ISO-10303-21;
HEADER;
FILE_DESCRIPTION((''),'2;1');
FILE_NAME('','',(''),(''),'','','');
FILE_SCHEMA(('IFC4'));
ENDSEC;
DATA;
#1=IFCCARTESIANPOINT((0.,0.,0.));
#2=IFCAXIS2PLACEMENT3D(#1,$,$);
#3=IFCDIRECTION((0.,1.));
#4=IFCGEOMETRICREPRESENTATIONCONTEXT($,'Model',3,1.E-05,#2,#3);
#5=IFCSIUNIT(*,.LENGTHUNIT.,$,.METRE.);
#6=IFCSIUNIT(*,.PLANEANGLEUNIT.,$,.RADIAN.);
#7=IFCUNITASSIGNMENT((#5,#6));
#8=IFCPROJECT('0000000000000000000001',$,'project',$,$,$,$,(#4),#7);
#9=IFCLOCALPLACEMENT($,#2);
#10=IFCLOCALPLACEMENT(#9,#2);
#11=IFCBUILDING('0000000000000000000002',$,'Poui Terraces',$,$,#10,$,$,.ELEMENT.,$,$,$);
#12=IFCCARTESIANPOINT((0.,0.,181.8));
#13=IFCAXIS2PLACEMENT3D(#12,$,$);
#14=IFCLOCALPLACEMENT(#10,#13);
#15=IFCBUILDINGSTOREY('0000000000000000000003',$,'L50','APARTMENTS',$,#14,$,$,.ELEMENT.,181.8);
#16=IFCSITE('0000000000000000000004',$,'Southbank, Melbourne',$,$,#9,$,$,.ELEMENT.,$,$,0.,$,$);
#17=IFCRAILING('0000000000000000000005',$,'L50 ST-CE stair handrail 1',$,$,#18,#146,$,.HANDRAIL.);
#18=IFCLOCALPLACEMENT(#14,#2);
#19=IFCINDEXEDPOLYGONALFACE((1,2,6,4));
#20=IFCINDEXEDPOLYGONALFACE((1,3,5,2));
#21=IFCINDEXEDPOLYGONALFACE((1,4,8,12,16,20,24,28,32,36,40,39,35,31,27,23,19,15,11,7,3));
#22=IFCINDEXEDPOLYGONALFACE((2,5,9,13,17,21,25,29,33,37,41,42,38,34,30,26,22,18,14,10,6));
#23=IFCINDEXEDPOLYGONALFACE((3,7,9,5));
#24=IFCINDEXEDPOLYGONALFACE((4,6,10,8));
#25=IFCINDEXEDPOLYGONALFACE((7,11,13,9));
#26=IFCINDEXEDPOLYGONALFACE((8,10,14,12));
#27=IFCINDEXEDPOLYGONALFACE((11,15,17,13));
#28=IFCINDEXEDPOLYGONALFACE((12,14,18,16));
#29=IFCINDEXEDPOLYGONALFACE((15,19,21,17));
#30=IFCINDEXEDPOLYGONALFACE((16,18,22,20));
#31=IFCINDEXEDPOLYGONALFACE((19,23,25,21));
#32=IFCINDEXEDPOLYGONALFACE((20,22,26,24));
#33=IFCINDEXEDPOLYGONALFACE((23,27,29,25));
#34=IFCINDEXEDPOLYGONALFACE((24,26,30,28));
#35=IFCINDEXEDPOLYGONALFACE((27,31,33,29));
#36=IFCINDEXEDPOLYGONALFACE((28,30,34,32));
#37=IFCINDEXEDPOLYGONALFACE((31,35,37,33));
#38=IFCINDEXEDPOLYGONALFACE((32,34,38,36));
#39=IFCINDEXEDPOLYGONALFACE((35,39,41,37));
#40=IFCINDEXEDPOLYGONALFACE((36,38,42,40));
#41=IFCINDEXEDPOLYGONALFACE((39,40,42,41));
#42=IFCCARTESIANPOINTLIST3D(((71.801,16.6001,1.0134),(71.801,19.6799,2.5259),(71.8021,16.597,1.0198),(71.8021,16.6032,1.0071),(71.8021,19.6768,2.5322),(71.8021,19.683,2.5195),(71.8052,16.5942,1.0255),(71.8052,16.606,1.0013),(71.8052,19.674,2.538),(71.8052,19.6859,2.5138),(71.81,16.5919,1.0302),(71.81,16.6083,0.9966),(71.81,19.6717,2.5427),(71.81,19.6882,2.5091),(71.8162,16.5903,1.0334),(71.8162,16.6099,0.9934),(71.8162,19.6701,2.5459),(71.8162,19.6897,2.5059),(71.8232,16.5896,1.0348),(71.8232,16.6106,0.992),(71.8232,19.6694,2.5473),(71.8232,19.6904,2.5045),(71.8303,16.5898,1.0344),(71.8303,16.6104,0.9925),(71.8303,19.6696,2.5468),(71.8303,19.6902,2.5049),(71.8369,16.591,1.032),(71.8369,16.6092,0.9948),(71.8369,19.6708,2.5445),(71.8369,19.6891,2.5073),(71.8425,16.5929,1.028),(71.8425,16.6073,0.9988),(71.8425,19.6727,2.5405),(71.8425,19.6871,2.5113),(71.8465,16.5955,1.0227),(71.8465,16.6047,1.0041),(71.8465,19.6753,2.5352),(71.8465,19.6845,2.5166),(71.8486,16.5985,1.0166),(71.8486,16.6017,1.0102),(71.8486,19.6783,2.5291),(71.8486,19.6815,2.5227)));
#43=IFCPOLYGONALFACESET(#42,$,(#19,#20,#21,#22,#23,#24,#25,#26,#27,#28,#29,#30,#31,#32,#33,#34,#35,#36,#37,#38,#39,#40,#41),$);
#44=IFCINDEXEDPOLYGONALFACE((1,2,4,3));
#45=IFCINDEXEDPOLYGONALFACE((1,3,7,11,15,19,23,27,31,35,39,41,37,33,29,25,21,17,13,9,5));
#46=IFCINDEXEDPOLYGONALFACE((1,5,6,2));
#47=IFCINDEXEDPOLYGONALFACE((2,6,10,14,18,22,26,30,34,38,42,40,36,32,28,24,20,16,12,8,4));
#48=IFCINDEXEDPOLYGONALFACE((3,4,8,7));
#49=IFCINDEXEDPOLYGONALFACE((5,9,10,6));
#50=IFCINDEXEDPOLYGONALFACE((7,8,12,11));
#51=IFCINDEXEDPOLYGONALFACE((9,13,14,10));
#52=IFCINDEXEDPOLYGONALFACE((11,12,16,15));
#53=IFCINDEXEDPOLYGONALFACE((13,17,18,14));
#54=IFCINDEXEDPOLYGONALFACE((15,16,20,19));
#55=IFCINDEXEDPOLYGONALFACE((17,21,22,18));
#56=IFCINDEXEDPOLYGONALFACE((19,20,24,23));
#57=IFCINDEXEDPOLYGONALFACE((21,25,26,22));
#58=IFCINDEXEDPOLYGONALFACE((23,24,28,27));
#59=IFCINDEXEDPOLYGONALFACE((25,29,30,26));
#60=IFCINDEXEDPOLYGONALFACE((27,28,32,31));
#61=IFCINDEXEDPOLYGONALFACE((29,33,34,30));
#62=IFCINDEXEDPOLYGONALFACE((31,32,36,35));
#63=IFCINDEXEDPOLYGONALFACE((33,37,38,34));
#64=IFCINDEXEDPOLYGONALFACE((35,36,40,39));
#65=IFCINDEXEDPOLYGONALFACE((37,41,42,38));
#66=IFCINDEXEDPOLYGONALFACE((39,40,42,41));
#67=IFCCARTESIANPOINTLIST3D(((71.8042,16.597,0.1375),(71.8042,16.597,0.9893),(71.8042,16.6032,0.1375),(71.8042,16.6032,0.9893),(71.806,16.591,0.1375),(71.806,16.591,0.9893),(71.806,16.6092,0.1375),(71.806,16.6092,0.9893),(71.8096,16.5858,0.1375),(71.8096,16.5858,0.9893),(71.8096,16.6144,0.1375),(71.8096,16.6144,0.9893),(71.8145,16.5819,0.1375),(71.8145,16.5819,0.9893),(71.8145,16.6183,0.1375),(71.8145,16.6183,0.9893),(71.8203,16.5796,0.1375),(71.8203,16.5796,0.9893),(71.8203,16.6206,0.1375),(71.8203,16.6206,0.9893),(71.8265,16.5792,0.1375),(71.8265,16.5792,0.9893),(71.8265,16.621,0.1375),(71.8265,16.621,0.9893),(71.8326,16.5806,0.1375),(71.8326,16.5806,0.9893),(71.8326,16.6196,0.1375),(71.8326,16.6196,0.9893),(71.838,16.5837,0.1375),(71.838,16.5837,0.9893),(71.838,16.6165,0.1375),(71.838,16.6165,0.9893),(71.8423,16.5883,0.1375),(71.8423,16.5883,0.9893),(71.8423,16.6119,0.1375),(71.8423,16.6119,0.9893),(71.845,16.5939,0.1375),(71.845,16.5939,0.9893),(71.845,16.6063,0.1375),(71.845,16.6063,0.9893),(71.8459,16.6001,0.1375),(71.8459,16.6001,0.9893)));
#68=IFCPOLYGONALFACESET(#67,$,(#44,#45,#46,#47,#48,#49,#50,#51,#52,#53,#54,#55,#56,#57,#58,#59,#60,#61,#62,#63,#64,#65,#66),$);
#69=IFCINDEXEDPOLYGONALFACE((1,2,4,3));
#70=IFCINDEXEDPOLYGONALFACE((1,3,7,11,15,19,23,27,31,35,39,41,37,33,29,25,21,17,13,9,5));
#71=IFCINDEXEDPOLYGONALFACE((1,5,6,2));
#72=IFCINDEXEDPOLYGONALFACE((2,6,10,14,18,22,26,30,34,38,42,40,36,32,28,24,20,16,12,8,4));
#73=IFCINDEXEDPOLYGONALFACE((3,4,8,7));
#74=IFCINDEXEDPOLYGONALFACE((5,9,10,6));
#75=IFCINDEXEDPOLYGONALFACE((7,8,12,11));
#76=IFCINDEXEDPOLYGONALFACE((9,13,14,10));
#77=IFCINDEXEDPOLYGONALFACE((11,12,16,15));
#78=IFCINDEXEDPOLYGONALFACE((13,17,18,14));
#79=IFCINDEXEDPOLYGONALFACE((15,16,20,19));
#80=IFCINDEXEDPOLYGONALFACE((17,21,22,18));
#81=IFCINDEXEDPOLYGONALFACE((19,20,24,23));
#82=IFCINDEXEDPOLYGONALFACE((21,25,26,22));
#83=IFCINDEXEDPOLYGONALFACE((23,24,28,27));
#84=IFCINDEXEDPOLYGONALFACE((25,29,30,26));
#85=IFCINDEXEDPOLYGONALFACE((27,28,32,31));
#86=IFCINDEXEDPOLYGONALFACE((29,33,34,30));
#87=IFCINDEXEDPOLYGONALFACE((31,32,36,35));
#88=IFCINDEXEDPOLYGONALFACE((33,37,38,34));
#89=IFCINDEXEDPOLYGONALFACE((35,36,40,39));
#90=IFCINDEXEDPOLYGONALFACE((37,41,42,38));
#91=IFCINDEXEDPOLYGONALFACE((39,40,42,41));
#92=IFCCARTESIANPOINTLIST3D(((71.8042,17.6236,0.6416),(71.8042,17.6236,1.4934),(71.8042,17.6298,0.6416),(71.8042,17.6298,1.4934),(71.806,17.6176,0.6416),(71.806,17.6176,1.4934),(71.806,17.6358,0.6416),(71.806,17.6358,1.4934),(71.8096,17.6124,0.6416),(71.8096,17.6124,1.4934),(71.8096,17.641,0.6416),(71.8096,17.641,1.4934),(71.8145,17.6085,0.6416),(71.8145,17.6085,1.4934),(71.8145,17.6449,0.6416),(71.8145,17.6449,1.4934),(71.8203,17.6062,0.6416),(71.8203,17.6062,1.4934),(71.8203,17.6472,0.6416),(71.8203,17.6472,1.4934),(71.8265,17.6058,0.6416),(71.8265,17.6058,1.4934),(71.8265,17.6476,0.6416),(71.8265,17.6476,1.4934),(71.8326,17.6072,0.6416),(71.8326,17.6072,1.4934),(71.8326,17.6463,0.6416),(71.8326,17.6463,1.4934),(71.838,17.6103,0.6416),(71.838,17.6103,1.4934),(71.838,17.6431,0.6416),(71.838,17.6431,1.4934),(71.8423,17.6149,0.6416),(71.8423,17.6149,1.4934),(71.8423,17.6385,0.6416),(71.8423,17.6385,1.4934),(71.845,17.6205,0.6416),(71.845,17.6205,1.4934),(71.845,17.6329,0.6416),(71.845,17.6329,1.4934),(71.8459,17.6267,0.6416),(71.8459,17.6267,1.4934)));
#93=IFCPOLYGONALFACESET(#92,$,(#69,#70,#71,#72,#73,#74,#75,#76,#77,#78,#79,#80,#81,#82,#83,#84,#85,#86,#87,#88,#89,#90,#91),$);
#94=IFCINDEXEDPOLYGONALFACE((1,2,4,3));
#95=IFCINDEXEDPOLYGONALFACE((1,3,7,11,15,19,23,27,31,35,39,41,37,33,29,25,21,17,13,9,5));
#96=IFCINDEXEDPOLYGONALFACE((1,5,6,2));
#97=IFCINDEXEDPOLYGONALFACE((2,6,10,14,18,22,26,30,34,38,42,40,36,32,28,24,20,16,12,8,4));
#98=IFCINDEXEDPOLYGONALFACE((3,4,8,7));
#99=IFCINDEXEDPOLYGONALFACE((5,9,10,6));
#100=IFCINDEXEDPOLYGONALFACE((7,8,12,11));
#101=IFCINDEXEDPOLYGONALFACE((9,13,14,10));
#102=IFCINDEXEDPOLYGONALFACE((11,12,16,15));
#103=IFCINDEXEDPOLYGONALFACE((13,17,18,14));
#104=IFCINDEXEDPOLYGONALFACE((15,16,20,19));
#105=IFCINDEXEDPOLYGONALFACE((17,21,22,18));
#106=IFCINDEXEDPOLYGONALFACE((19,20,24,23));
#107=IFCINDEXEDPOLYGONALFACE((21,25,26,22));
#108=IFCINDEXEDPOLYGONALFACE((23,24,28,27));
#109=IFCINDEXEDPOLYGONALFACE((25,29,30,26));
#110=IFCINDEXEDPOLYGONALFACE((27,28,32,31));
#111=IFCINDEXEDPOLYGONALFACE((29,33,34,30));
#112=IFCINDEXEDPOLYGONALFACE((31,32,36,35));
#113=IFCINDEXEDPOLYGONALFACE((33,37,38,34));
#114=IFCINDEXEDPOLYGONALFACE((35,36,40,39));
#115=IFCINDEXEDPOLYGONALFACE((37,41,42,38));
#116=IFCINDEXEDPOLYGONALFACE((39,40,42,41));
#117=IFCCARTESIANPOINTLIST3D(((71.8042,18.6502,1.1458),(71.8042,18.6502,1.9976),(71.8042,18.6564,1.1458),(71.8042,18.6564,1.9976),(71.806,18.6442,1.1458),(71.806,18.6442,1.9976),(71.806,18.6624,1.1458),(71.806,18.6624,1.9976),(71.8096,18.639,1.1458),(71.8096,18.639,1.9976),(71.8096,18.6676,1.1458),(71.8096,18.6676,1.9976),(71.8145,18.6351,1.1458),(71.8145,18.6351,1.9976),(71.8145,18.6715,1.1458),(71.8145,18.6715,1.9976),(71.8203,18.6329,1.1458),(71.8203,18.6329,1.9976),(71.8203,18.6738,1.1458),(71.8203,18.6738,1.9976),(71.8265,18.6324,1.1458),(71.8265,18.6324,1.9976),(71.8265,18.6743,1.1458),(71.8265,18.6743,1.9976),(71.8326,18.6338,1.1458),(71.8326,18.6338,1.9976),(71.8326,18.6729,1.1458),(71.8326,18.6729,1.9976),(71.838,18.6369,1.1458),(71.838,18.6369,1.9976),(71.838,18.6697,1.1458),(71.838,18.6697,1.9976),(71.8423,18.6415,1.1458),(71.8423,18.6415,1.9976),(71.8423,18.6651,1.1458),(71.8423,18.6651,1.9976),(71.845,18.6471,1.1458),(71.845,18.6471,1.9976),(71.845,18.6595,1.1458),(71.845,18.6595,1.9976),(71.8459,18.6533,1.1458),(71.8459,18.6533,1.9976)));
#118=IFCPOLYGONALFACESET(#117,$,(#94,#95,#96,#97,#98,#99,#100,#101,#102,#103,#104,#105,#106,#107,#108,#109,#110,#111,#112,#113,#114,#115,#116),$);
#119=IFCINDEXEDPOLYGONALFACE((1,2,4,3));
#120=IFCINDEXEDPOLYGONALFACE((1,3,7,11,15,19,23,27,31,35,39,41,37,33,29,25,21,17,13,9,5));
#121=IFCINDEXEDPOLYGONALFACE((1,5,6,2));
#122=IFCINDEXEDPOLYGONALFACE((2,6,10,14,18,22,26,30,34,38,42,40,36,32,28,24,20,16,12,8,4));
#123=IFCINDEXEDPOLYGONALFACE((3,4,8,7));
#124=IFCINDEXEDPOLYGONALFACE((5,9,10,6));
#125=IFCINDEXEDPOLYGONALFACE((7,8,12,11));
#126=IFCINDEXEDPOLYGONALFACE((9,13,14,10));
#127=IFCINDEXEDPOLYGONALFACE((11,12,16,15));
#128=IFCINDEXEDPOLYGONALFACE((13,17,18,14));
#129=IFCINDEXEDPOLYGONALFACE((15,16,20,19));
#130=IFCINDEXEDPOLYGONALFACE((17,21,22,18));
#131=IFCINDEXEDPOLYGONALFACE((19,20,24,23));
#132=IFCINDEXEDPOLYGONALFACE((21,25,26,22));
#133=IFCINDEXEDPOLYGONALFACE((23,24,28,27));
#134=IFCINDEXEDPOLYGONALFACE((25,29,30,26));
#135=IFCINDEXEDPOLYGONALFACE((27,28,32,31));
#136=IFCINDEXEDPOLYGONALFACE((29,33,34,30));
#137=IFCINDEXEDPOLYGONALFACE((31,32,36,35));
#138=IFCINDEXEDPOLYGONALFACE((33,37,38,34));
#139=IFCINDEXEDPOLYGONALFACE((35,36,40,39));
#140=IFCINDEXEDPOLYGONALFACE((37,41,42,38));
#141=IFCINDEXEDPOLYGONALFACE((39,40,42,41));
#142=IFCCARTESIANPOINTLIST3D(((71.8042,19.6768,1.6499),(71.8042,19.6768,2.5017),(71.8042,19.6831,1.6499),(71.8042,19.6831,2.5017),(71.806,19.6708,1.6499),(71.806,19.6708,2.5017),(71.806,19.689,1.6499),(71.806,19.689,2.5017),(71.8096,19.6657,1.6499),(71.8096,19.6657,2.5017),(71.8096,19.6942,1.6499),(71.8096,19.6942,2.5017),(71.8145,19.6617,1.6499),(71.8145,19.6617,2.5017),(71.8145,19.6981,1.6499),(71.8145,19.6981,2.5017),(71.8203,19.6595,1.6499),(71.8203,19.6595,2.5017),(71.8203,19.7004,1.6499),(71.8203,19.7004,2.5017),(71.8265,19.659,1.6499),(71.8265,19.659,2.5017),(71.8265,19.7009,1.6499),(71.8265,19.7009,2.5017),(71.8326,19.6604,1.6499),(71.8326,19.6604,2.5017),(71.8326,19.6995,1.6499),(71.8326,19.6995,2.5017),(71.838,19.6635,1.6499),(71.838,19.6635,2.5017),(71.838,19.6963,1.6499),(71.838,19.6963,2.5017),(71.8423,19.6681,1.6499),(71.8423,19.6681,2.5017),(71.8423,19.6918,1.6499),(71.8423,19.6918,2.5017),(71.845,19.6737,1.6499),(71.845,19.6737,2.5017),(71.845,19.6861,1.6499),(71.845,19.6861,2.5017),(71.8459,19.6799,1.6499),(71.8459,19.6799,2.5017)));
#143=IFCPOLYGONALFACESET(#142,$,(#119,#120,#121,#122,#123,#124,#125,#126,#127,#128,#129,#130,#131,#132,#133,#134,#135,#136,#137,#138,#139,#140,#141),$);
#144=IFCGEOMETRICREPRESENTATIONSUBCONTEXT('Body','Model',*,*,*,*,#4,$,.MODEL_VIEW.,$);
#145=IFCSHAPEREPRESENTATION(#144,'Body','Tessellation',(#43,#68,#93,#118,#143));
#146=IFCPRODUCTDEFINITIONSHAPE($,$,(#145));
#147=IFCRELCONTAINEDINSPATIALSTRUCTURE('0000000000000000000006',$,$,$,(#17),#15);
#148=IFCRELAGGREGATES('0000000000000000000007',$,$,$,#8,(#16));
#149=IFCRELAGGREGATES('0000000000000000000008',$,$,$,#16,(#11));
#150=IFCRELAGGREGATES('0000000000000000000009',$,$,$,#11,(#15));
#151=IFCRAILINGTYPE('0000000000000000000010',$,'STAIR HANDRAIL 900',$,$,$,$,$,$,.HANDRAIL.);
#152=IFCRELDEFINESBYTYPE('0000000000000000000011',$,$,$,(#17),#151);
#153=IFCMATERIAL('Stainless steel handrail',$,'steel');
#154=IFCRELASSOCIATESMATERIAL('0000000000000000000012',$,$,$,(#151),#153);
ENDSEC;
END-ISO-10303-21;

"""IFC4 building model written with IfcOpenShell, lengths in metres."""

from ifc_helpers import new_model, si_unit, direction, frame, origin, origin_2d, place, context, subcontext, project, spatial, circle, extrude, material, type_object, element, save


model = new_model("IFC4")

# Units and contexts
model_context = context("Model", 3, precision=1e-05, world=origin(), true_north=direction((0.0, 1.0)))
body_context = subcontext(model_context, "Body", "Model", "MODEL_VIEW")
ifc_project = project(units=[si_unit("LENGTHUNIT", "METRE"), si_unit("PLANEANGLEUNIT", "RADIAN")], contexts=[model_context])

# Site, building, storey
site_placement = place(None, origin())
site = spatial("IfcSite", under=ifc_project, at=site_placement, Name="Southbank, Melbourne", CompositionType="ELEMENT", RefElevation=0.0)
building_placement = place(site_placement, origin())
building = spatial("IfcBuilding", under=site, at=building_placement, Name="Poui Terraces", CompositionType="ELEMENT")
storey_placement = place(building_placement, frame((0.0, 0.0, 181.8)))
storey = spatial("IfcBuildingStorey", under=building, at=storey_placement, Name="L50", Description="APARTMENTS", CompositionType="ELEMENT", Elevation=181.8)

# Railing
ifc_material_1 = material(Name="Stainless steel handrail", Category="steel")
railing_type_1 = type_object("IfcRailingType", Name="STAIR HANDRAIL 900", PredefinedType="HANDRAIL", material=ifc_material_1)
railing_1_placement = place(storey_placement, frame((71.825, 16.6001, 0.1375)))
element("IfcRailing", 1, at=railing_1_placement, inside=storey, type_object=railing_type_1, Name="L50 ST-CE stair handrail 1", PredefinedType="HANDRAIL", context=body_context, shape_type="SweptSolid", body=[
    extrude(circle(Radius=0.0239, at=origin_2d()), frame((0.0, 0.0, 0.876), z_axis=(0.0, 0.897606, 0.440798), x_axis=(-1.0, 0.0, 0.0)), (0.0, 0.0, 1.0), 3.4312),
    extrude(circle(Radius=0.021, at=origin_2d()), origin(), (0.0, 0.0, 1.0), 0.8518),
    extrude(circle(Radius=0.021, at=origin_2d()), frame((0.0, 1.0266, 0.5042)), (0.0, 0.0, 1.0), 0.8518),
    extrude(circle(Radius=0.021, at=origin_2d()), frame((0.0, 2.0532, 1.0083)), (0.0, 0.0, 1.0), 0.8518),
    extrude(circle(Radius=0.021, at=origin_2d()), frame((0.0, 3.0798, 1.5125)), (0.0, 0.0, 1.0), 0.8518),
])

save(model, "model.ifc")
